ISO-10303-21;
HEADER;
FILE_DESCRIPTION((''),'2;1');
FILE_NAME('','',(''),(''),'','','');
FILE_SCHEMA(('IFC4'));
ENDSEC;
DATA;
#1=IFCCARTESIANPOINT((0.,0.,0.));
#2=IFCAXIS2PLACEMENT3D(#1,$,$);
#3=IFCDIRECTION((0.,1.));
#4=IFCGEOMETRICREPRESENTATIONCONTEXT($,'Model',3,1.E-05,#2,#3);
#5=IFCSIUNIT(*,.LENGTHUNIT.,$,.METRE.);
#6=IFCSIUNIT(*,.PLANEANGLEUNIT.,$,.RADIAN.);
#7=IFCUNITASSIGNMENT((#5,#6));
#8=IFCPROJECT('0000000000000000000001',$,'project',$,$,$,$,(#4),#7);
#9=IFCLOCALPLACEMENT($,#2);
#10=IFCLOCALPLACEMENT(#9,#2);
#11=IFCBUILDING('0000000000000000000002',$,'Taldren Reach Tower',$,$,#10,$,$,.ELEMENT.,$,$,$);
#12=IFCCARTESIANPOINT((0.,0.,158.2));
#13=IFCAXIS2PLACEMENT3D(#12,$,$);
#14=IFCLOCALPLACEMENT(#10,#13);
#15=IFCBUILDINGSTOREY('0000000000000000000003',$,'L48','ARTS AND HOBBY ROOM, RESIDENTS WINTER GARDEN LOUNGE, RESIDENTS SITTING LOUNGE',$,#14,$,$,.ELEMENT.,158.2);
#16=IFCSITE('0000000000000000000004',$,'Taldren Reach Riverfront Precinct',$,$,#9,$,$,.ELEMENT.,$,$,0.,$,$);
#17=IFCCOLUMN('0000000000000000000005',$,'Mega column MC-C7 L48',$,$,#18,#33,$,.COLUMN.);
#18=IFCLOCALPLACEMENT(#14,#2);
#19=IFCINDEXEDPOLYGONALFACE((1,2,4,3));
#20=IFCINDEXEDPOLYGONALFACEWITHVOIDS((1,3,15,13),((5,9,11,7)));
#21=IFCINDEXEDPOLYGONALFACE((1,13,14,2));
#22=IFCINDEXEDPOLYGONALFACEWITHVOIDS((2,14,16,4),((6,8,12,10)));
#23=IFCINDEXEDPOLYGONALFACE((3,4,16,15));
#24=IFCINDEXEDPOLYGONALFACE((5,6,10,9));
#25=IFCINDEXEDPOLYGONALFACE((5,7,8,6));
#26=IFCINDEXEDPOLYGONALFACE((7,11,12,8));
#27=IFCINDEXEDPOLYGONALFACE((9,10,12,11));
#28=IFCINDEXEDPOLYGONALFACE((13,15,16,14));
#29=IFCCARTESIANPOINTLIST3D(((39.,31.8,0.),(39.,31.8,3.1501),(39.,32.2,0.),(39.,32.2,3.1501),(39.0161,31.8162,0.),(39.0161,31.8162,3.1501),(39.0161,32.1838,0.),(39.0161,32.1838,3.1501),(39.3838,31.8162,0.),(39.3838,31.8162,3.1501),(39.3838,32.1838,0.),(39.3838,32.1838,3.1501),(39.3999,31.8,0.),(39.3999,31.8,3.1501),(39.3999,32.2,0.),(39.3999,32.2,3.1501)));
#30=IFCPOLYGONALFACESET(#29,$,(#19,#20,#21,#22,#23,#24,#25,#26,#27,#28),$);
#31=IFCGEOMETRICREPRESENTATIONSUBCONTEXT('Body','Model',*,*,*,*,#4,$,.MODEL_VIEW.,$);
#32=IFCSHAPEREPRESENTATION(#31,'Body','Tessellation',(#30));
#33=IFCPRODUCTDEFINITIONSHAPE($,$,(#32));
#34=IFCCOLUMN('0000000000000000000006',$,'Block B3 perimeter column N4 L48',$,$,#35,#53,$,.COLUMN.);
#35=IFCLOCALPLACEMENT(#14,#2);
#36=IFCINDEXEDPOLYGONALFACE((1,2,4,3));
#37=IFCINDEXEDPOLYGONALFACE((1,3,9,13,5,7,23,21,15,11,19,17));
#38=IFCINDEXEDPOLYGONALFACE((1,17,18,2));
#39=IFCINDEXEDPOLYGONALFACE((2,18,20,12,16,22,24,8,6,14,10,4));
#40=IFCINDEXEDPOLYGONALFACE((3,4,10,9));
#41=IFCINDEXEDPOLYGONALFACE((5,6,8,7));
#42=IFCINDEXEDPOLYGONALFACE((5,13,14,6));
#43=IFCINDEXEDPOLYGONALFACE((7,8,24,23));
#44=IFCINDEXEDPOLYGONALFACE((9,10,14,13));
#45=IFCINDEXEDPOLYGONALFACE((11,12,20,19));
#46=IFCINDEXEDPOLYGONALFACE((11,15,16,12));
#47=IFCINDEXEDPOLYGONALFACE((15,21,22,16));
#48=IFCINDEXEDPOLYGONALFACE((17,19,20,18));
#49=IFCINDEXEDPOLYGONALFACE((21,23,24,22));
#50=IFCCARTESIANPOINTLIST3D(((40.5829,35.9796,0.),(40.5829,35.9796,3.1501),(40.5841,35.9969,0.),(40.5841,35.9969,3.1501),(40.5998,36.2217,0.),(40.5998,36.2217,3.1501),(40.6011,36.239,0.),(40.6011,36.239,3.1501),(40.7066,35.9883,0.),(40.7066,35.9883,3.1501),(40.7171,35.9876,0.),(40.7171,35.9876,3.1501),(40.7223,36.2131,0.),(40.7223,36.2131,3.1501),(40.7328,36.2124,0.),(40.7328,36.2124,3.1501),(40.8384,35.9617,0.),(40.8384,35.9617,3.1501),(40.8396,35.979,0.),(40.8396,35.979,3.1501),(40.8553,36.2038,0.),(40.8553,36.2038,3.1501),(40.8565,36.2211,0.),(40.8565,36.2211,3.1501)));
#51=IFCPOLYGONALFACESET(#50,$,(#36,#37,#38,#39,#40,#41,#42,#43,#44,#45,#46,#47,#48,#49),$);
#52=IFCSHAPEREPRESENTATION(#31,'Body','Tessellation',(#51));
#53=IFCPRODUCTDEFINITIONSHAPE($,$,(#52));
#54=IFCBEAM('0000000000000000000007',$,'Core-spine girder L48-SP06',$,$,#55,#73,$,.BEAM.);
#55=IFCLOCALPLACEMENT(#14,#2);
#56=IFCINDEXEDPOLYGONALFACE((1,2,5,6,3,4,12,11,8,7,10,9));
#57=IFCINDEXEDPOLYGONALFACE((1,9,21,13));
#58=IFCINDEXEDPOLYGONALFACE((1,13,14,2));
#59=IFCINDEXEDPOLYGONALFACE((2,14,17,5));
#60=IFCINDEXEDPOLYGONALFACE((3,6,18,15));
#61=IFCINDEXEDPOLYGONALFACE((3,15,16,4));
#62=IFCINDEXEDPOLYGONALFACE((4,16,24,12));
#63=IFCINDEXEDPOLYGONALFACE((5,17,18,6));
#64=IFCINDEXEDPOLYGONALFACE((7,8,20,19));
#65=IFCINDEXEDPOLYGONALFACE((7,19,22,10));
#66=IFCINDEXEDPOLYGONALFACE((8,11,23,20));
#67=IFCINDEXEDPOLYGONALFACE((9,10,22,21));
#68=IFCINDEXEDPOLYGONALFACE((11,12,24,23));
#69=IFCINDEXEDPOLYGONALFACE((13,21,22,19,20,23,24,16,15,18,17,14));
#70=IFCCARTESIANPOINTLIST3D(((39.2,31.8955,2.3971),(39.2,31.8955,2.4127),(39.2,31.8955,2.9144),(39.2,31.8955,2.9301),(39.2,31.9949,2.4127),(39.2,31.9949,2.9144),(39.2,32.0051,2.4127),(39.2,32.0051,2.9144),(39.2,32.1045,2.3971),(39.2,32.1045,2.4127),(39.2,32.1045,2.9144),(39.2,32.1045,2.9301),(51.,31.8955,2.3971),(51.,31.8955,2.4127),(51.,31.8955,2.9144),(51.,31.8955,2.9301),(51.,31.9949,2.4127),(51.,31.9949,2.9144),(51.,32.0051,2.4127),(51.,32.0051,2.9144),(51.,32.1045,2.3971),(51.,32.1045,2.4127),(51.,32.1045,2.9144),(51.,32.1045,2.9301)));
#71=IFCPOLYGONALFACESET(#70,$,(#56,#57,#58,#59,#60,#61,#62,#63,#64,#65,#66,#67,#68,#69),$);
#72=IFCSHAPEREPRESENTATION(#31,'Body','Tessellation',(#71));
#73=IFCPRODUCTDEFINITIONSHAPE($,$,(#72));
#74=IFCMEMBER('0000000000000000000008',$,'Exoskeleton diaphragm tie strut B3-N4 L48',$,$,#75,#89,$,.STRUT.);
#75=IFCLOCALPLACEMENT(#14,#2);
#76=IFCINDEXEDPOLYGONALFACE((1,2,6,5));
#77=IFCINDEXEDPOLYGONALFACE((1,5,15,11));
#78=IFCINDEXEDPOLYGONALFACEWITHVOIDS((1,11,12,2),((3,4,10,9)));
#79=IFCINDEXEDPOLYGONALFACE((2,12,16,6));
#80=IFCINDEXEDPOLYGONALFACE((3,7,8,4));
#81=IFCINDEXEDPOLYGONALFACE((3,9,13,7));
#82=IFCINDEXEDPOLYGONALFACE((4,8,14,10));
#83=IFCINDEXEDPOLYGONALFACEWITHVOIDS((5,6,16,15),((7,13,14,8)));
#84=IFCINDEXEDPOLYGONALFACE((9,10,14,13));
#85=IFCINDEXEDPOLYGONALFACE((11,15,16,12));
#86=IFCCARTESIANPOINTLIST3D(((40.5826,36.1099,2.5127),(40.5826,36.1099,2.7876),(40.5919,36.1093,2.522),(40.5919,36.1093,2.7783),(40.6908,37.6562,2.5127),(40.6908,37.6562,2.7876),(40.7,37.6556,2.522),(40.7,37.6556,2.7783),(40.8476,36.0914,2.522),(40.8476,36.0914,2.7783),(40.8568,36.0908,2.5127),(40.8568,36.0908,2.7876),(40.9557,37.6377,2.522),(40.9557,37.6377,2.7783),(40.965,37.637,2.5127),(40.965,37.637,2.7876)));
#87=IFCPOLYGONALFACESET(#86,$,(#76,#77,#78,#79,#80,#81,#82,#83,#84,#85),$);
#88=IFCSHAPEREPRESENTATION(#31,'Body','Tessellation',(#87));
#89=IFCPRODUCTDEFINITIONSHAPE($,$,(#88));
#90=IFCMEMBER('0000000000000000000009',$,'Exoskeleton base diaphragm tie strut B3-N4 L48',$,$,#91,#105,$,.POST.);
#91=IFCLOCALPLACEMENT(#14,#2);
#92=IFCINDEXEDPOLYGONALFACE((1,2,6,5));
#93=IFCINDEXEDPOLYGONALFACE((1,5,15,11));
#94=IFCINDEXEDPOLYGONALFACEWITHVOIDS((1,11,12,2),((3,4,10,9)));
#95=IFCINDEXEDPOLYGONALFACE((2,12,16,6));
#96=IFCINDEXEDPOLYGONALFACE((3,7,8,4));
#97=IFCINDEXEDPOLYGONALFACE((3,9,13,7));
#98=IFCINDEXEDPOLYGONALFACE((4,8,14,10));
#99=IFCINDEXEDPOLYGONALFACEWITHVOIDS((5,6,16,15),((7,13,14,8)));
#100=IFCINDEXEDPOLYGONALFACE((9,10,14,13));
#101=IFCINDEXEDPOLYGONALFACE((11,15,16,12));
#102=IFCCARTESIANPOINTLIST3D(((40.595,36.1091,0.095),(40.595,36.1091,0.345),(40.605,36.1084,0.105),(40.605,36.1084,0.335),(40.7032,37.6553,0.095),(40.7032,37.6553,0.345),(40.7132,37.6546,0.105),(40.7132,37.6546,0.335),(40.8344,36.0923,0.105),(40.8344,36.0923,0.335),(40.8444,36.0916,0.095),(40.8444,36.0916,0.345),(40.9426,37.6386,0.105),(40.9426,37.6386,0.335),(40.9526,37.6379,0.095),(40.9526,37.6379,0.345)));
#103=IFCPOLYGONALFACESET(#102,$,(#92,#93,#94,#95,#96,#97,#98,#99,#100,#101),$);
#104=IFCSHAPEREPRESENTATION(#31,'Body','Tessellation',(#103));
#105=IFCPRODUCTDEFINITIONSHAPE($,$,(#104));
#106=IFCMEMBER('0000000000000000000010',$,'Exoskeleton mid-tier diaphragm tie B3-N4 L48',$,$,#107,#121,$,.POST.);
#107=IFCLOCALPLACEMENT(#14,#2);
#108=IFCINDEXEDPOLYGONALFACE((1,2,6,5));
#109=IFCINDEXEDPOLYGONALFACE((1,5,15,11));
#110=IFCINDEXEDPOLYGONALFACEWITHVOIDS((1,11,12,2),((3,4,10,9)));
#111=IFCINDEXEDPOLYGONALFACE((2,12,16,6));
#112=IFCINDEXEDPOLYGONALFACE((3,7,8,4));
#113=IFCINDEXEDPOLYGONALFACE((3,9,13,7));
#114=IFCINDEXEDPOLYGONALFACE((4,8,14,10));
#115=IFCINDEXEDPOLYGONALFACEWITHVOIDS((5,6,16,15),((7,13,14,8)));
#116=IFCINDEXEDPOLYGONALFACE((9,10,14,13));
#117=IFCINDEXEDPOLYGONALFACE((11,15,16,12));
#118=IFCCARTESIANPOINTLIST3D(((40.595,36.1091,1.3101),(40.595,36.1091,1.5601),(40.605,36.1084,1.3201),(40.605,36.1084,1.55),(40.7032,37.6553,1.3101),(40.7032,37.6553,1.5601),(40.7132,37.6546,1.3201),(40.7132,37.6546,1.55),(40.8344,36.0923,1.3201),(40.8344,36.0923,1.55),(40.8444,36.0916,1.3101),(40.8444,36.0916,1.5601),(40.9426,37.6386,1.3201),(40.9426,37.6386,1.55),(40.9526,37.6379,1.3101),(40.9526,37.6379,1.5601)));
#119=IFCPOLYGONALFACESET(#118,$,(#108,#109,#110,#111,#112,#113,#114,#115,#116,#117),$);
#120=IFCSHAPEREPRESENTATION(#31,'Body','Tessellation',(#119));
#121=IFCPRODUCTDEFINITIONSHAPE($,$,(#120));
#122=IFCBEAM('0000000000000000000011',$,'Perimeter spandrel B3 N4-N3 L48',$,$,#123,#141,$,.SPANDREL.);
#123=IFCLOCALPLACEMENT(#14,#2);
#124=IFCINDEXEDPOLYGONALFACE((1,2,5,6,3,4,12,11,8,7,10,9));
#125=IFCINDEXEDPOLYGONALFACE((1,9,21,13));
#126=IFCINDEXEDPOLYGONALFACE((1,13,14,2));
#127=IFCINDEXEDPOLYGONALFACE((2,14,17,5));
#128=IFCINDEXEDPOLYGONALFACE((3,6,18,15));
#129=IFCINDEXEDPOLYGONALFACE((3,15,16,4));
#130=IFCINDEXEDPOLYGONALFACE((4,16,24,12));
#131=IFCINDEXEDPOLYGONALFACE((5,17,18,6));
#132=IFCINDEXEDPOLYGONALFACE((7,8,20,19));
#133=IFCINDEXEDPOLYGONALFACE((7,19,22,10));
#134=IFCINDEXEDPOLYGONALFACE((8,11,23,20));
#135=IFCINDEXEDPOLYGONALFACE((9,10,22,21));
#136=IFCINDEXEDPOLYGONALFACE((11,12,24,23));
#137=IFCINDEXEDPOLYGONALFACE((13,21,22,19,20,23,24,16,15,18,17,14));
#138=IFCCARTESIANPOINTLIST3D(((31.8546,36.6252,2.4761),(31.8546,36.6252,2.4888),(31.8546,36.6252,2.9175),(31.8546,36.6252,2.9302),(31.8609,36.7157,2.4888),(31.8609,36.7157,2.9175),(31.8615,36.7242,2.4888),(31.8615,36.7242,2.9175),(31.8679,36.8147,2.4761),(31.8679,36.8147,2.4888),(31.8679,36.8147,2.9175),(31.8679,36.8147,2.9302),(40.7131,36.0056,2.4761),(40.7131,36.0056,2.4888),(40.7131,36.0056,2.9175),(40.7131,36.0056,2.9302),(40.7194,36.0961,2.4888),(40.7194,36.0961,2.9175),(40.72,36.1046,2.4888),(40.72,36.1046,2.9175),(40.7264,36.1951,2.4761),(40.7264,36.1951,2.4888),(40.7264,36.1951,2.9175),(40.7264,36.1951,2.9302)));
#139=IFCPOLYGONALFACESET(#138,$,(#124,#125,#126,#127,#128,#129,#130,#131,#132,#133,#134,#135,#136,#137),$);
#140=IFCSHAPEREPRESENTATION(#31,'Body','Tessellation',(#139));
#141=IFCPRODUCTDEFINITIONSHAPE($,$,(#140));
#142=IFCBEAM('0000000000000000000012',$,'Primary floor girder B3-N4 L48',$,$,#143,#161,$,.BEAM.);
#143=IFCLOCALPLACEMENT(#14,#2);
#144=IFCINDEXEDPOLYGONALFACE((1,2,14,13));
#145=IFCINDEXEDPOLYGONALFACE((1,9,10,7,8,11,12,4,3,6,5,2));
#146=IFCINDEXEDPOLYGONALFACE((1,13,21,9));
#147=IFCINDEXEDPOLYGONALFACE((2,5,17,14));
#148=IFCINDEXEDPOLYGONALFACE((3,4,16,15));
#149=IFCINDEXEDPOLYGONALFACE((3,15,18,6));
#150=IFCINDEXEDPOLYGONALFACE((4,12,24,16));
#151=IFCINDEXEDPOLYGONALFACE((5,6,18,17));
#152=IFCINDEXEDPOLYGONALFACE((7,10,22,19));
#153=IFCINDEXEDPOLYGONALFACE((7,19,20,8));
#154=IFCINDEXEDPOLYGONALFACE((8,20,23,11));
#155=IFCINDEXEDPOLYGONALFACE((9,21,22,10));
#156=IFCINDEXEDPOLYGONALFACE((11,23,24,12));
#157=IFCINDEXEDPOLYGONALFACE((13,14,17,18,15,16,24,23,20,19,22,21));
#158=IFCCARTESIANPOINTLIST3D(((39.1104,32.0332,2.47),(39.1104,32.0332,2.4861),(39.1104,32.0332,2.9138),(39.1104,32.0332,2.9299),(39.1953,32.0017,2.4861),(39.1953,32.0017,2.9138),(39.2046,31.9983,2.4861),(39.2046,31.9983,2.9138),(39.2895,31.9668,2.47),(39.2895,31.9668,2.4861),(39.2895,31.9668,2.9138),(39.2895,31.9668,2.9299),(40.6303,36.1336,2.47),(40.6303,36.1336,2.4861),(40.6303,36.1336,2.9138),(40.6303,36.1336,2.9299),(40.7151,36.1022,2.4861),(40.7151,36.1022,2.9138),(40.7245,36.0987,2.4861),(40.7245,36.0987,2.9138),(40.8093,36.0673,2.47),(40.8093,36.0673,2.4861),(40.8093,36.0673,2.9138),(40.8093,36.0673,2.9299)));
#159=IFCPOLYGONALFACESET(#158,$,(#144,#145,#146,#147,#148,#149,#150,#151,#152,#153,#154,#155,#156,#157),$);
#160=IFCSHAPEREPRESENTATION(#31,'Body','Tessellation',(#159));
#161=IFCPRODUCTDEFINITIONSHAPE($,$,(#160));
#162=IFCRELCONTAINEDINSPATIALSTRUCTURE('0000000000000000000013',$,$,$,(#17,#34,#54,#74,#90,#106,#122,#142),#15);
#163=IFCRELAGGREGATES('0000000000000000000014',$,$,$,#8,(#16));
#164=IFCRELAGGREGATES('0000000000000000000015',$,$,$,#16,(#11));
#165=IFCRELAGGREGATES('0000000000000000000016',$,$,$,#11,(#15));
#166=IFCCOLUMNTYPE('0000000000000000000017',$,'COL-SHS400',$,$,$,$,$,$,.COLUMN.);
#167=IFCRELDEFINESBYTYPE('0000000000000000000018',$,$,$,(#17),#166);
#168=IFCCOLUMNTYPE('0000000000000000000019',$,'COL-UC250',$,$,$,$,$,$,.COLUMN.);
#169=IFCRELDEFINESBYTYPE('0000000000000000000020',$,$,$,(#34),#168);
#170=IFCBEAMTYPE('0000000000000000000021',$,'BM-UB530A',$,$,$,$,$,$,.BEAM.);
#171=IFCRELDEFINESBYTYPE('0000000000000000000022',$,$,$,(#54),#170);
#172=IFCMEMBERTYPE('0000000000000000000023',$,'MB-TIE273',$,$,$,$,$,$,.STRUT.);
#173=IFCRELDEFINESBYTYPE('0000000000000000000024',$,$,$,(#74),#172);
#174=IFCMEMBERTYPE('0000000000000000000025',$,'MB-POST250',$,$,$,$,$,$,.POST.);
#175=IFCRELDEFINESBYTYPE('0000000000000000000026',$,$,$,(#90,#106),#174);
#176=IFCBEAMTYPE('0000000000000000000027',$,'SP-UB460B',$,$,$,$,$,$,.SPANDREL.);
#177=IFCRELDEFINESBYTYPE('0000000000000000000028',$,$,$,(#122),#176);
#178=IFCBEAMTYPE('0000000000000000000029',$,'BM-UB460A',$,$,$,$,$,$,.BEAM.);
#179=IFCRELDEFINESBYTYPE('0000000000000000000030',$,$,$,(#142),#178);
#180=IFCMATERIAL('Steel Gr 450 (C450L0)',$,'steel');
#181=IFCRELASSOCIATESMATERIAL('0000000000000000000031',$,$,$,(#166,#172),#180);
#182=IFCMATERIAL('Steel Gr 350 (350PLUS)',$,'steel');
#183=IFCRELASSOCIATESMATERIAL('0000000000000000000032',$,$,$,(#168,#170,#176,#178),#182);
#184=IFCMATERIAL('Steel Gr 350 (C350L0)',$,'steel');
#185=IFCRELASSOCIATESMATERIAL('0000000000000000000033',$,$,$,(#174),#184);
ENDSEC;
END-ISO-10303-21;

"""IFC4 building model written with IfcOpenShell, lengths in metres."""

from ifc_helpers import new_model, si_unit, direction, frame, origin, origin_2d, place, context, subcontext, project, spatial, hollow_rectangle, i_section, extrude, source, transform, mapped, material, material_profile, profile_set, type_object, element, save


model = new_model("IFC4")

# Units and contexts
model_context = context("Model", 3, precision=1e-05, world=origin(), true_north=direction((0.0, 1.0)))
body_context = subcontext(model_context, "Body", "Model", "MODEL_VIEW")
ifc_project = project(units=[si_unit("LENGTHUNIT", "METRE"), si_unit("PLANEANGLEUNIT", "RADIAN")], contexts=[model_context])

# Site, building, storey
site_placement = place(None, origin())
site = spatial("IfcSite", under=ifc_project, at=site_placement, Name="Taldren Reach Riverfront Precinct", CompositionType="ELEMENT", RefElevation=0.0)
building_placement = place(site_placement, origin())
building = spatial("IfcBuilding", under=site, at=building_placement, Name="Taldren Reach Tower", CompositionType="ELEMENT")
storey_placement = place(building_placement, frame((0.0, 0.0, 158.2)))
storey = spatial("IfcBuildingStorey", under=building, at=storey_placement, Name="L48", Description="ARTS AND HOBBY ROOM, RESIDENTS WINTER GARDEN LOUNGE, RESIDENTS SITTING LOUNGE", CompositionType="ELEMENT", Elevation=158.2)

# Columns
ifc_material_1 = material(Name="Steel Gr 450 (C450L0)", Category="steel")
ifc_material_profile_1 = material_profile(ifc_material_1, hollow_rectangle(XDim=0.3999, YDim=0.3999, WallThickness=0.0161, at=origin_2d()), Name="400x400x16.0SHS")
ifc_profile_set_1 = profile_set([ifc_material_profile_1], Name="Steel Gr 450 (C450L0)")
column_type_1 = type_object("IfcColumnType", Name="COL-SHS400", PredefinedType="COLUMN", material=ifc_profile_set_1)
shared_shape_1 = source(origin(), body_context, "Body", "SweptSolid", [
    extrude(hollow_rectangle(XDim=0.3999, YDim=0.3999, WallThickness=0.0161, at=origin_2d()), origin(), (0.0, 0.0, 1.0), 3.1501),
])
column_1_placement = place(storey_placement, frame((39.2, 32.0, 0.0), z_axis=(0.0, 0.0, 1.0), x_axis=(1.0, 0.0, 0.0)))
element("IfcColumn", 1, at=column_1_placement, inside=storey, type_object=column_type_1, Name="Mega column MC-C7 L48", PredefinedType="COLUMN", context=body_context, shape_type="MappedRepresentation", body=[
    mapped(shared_shape_1, transform((0.0, 0.0, 0.0), scale=1.0)),
])
ifc_material_2 = material(Name="Steel Gr 350 (350PLUS)", Category="steel")
ifc_material_profile_2 = material_profile(ifc_material_2, i_section(OverallWidth=0.2561, OverallDepth=0.26, WebThickness=0.0105, FlangeThickness=0.0173, at=origin_2d()), Name="250UC89.5")
ifc_profile_set_2 = profile_set([ifc_material_profile_2], Name="Steel Gr 350 (350PLUS)")
column_type_2 = type_object("IfcColumnType", Name="COL-UC250", PredefinedType="COLUMN", material=ifc_profile_set_2)
shared_shape_2 = source(origin(), body_context, "Body", "SweptSolid", [
    extrude(i_section(OverallWidth=0.2561, OverallDepth=0.26, WebThickness=0.0105, FlangeThickness=0.0173, at=origin_2d()), origin(), (0.0, 0.0, 1.0), 3.1501),
])
column_2_placement = place(storey_placement, frame((40.7197, 36.1003, 0.0), z_axis=(0.0, 0.0, 1.0), x_axis=(0.997564, -0.069756, 0.0)))
element("IfcColumn", 2, at=column_2_placement, inside=storey, type_object=column_type_2, Name="Block B3 perimeter column N4 L48", PredefinedType="COLUMN", context=body_context, shape_type="MappedRepresentation", body=[
    mapped(shared_shape_2, transform((0.0, 0.0, 0.0), scale=1.0)),
])

# Beam
ifc_material_profile_3 = material_profile(ifc_material_2, i_section(OverallWidth=0.209, OverallDepth=0.533, WebThickness=0.0103, FlangeThickness=0.0156, at=origin_2d()), Name="530UB92.4")
ifc_profile_set_3 = profile_set([ifc_material_profile_3], Name="Steel Gr 350 (350PLUS)")
beam_type_1 = type_object("IfcBeamType", Name="BM-UB530A", PredefinedType="BEAM", material=ifc_profile_set_3)
shared_shape_3 = source(origin(), body_context, "Body", "SweptSolid", [
    extrude(i_section(OverallWidth=0.209, OverallDepth=0.533, WebThickness=0.0103, FlangeThickness=0.0156, at=origin_2d()), origin(), (0.0, 0.0, 1.0), 11.8),
])
beam_1_placement = place(storey_placement, frame((39.2, 32.0, 2.6636), z_axis=(1.0, 0.0, 0.0), x_axis=(0.0, 1.0, 0.0)))
element("IfcBeam", 3, at=beam_1_placement, inside=storey, type_object=beam_type_1, Name="Core-spine girder L48-SP06", PredefinedType="BEAM", context=body_context, shape_type="MappedRepresentation", body=[
    mapped(shared_shape_3, transform((0.0, 0.0, 0.0), scale=1.0)),
])

# Members
ifc_material_profile_4 = material_profile(ifc_material_1, hollow_rectangle(XDim=0.2749, YDim=0.2749, WallThickness=0.0093, at=origin_2d()), Name="275x275x9.3SHS")
ifc_profile_set_4 = profile_set([ifc_material_profile_4], Name="Steel Gr 450 (C450L0)")
member_type_1 = type_object("IfcMemberType", Name="MB-TIE273", PredefinedType="STRUT", material=ifc_profile_set_4)
shared_shape_4 = source(origin(), body_context, "Body", "SweptSolid", [
    extrude(hollow_rectangle(XDim=0.2749, YDim=0.2749, WallThickness=0.0093, at=origin_2d()), origin(), (0.0, 0.0, 1.0), 1.55),
])
member_1_placement = place(storey_placement, frame((40.7197, 36.1003, 2.6501), z_axis=(0.06977, 0.997563, 0.0), x_axis=(-0.997563, 0.06977, 0.0)))
element("IfcMember", 4, at=member_1_placement, inside=storey, type_object=member_type_1, Name="Exoskeleton diaphragm tie strut B3-N4 L48", PredefinedType="STRUT", context=body_context, shape_type="MappedRepresentation", body=[
    mapped(shared_shape_4, transform((0.0, 0.0, 0.0), scale=1.0)),
])
ifc_material_3 = material(Name="Steel Gr 350 (C350L0)", Category="steel")
ifc_material_profile_5 = material_profile(ifc_material_3, hollow_rectangle(XDim=0.25, YDim=0.25, WallThickness=0.01, at=origin_2d()), Name="250x250x10.0SHS")
ifc_profile_set_5 = profile_set([ifc_material_profile_5], Name="Steel Gr 350 (C350L0)")
member_type_2 = type_object("IfcMemberType", Name="MB-POST250", PredefinedType="POST", material=ifc_profile_set_5)
shared_shape_5 = source(origin(), body_context, "Body", "SweptSolid", [
    extrude(hollow_rectangle(XDim=0.25, YDim=0.25, WallThickness=0.01, at=origin_2d()), origin(), (0.0, 0.0, 1.0), 1.55),
])
for number, where, z_axis, x_axis, name in (
    (5, (40.7197, 36.1003, 0.22), (0.06977, 0.997563, 0.0), (-0.997563, 0.06977, 0.0), "Exoskeleton base diaphragm tie strut B3-N4 L48"),
    (6, (40.7197, 36.1003, 1.4351), (0.06977, 0.997563, 0.0), (-0.997563, 0.06977, 0.0), "Exoskeleton mid-tier diaphragm tie B3-N4 L48"),
):
    element("IfcMember", number, at=place(storey_placement, frame(where, z_axis=z_axis, x_axis=x_axis)), inside=storey, type_object=member_type_2, Name=name, PredefinedType="POST", context=body_context, shape_type="MappedRepresentation", body=[
        mapped(shared_shape_5, transform((0.0, 0.0, 0.0), scale=1.0)),
    ])

# Beams
ifc_material_profile_6 = material_profile(ifc_material_2, i_section(OverallWidth=0.1899, OverallDepth=0.4541, WebThickness=0.0085, FlangeThickness=0.0127, at=origin_2d()), Name="460UB67.1")
ifc_profile_set_6 = profile_set([ifc_material_profile_6], Name="Steel Gr 350 (350PLUS)")
beam_type_2 = type_object("IfcBeamType", Name="SP-UB460B", PredefinedType="SPANDREL", material=ifc_profile_set_6)
shared_shape_6 = source(origin(), body_context, "Body", "SweptSolid", [
    extrude(i_section(OverallWidth=0.1899, OverallDepth=0.4541, WebThickness=0.0085, FlangeThickness=0.0127, at=origin_2d()), origin(), (0.0, 0.0, 1.0), 8.8801),
])
beam_2_placement = place(storey_placement, frame((40.7197, 36.1003, 2.7031), z_axis=(-0.997563, 0.069778, 0.0), x_axis=(-0.069778, -0.997563, 0.0)))
element("IfcBeam", 7, at=beam_2_placement, inside=storey, type_object=beam_type_2, Name="Perimeter spandrel B3 N4-N3 L48", PredefinedType="SPANDREL", context=body_context, shape_type="MappedRepresentation", body=[
    mapped(shared_shape_6, transform((0.0, 0.0, 0.0), scale=1.0)),
])
ifc_material_profile_7 = material_profile(ifc_material_2, i_section(OverallWidth=0.1909, OverallDepth=0.46, WebThickness=0.01, FlangeThickness=0.0161, at=origin_2d()), Name="460UB82.1")
ifc_profile_set_7 = profile_set([ifc_material_profile_7], Name="Steel Gr 350 (350PLUS)")
beam_type_3 = type_object("IfcBeamType", Name="BM-UB460A", PredefinedType="BEAM", material=ifc_profile_set_7)
shared_shape_7 = source(origin(), body_context, "Body", "SweptSolid", [
    extrude(i_section(OverallWidth=0.1909, OverallDepth=0.46, WebThickness=0.01, FlangeThickness=0.0161, at=origin_2d()), origin(), (0.0, 0.0, 1.0), 4.373),
])
beam_3_placement = place(storey_placement, frame((39.2, 32.0, 2.7), z_axis=(0.347542, 0.937665, 0.0), x_axis=(-0.937665, 0.347542, 0.0)))
element("IfcBeam", 8, at=beam_3_placement, inside=storey, type_object=beam_type_3, Name="Primary floor girder B3-N4 L48", PredefinedType="BEAM", context=body_context, shape_type="MappedRepresentation", body=[
    mapped(shared_shape_7, transform((0.0, 0.0, 0.0), scale=1.0)),
])

save(model, "model.ifc")
